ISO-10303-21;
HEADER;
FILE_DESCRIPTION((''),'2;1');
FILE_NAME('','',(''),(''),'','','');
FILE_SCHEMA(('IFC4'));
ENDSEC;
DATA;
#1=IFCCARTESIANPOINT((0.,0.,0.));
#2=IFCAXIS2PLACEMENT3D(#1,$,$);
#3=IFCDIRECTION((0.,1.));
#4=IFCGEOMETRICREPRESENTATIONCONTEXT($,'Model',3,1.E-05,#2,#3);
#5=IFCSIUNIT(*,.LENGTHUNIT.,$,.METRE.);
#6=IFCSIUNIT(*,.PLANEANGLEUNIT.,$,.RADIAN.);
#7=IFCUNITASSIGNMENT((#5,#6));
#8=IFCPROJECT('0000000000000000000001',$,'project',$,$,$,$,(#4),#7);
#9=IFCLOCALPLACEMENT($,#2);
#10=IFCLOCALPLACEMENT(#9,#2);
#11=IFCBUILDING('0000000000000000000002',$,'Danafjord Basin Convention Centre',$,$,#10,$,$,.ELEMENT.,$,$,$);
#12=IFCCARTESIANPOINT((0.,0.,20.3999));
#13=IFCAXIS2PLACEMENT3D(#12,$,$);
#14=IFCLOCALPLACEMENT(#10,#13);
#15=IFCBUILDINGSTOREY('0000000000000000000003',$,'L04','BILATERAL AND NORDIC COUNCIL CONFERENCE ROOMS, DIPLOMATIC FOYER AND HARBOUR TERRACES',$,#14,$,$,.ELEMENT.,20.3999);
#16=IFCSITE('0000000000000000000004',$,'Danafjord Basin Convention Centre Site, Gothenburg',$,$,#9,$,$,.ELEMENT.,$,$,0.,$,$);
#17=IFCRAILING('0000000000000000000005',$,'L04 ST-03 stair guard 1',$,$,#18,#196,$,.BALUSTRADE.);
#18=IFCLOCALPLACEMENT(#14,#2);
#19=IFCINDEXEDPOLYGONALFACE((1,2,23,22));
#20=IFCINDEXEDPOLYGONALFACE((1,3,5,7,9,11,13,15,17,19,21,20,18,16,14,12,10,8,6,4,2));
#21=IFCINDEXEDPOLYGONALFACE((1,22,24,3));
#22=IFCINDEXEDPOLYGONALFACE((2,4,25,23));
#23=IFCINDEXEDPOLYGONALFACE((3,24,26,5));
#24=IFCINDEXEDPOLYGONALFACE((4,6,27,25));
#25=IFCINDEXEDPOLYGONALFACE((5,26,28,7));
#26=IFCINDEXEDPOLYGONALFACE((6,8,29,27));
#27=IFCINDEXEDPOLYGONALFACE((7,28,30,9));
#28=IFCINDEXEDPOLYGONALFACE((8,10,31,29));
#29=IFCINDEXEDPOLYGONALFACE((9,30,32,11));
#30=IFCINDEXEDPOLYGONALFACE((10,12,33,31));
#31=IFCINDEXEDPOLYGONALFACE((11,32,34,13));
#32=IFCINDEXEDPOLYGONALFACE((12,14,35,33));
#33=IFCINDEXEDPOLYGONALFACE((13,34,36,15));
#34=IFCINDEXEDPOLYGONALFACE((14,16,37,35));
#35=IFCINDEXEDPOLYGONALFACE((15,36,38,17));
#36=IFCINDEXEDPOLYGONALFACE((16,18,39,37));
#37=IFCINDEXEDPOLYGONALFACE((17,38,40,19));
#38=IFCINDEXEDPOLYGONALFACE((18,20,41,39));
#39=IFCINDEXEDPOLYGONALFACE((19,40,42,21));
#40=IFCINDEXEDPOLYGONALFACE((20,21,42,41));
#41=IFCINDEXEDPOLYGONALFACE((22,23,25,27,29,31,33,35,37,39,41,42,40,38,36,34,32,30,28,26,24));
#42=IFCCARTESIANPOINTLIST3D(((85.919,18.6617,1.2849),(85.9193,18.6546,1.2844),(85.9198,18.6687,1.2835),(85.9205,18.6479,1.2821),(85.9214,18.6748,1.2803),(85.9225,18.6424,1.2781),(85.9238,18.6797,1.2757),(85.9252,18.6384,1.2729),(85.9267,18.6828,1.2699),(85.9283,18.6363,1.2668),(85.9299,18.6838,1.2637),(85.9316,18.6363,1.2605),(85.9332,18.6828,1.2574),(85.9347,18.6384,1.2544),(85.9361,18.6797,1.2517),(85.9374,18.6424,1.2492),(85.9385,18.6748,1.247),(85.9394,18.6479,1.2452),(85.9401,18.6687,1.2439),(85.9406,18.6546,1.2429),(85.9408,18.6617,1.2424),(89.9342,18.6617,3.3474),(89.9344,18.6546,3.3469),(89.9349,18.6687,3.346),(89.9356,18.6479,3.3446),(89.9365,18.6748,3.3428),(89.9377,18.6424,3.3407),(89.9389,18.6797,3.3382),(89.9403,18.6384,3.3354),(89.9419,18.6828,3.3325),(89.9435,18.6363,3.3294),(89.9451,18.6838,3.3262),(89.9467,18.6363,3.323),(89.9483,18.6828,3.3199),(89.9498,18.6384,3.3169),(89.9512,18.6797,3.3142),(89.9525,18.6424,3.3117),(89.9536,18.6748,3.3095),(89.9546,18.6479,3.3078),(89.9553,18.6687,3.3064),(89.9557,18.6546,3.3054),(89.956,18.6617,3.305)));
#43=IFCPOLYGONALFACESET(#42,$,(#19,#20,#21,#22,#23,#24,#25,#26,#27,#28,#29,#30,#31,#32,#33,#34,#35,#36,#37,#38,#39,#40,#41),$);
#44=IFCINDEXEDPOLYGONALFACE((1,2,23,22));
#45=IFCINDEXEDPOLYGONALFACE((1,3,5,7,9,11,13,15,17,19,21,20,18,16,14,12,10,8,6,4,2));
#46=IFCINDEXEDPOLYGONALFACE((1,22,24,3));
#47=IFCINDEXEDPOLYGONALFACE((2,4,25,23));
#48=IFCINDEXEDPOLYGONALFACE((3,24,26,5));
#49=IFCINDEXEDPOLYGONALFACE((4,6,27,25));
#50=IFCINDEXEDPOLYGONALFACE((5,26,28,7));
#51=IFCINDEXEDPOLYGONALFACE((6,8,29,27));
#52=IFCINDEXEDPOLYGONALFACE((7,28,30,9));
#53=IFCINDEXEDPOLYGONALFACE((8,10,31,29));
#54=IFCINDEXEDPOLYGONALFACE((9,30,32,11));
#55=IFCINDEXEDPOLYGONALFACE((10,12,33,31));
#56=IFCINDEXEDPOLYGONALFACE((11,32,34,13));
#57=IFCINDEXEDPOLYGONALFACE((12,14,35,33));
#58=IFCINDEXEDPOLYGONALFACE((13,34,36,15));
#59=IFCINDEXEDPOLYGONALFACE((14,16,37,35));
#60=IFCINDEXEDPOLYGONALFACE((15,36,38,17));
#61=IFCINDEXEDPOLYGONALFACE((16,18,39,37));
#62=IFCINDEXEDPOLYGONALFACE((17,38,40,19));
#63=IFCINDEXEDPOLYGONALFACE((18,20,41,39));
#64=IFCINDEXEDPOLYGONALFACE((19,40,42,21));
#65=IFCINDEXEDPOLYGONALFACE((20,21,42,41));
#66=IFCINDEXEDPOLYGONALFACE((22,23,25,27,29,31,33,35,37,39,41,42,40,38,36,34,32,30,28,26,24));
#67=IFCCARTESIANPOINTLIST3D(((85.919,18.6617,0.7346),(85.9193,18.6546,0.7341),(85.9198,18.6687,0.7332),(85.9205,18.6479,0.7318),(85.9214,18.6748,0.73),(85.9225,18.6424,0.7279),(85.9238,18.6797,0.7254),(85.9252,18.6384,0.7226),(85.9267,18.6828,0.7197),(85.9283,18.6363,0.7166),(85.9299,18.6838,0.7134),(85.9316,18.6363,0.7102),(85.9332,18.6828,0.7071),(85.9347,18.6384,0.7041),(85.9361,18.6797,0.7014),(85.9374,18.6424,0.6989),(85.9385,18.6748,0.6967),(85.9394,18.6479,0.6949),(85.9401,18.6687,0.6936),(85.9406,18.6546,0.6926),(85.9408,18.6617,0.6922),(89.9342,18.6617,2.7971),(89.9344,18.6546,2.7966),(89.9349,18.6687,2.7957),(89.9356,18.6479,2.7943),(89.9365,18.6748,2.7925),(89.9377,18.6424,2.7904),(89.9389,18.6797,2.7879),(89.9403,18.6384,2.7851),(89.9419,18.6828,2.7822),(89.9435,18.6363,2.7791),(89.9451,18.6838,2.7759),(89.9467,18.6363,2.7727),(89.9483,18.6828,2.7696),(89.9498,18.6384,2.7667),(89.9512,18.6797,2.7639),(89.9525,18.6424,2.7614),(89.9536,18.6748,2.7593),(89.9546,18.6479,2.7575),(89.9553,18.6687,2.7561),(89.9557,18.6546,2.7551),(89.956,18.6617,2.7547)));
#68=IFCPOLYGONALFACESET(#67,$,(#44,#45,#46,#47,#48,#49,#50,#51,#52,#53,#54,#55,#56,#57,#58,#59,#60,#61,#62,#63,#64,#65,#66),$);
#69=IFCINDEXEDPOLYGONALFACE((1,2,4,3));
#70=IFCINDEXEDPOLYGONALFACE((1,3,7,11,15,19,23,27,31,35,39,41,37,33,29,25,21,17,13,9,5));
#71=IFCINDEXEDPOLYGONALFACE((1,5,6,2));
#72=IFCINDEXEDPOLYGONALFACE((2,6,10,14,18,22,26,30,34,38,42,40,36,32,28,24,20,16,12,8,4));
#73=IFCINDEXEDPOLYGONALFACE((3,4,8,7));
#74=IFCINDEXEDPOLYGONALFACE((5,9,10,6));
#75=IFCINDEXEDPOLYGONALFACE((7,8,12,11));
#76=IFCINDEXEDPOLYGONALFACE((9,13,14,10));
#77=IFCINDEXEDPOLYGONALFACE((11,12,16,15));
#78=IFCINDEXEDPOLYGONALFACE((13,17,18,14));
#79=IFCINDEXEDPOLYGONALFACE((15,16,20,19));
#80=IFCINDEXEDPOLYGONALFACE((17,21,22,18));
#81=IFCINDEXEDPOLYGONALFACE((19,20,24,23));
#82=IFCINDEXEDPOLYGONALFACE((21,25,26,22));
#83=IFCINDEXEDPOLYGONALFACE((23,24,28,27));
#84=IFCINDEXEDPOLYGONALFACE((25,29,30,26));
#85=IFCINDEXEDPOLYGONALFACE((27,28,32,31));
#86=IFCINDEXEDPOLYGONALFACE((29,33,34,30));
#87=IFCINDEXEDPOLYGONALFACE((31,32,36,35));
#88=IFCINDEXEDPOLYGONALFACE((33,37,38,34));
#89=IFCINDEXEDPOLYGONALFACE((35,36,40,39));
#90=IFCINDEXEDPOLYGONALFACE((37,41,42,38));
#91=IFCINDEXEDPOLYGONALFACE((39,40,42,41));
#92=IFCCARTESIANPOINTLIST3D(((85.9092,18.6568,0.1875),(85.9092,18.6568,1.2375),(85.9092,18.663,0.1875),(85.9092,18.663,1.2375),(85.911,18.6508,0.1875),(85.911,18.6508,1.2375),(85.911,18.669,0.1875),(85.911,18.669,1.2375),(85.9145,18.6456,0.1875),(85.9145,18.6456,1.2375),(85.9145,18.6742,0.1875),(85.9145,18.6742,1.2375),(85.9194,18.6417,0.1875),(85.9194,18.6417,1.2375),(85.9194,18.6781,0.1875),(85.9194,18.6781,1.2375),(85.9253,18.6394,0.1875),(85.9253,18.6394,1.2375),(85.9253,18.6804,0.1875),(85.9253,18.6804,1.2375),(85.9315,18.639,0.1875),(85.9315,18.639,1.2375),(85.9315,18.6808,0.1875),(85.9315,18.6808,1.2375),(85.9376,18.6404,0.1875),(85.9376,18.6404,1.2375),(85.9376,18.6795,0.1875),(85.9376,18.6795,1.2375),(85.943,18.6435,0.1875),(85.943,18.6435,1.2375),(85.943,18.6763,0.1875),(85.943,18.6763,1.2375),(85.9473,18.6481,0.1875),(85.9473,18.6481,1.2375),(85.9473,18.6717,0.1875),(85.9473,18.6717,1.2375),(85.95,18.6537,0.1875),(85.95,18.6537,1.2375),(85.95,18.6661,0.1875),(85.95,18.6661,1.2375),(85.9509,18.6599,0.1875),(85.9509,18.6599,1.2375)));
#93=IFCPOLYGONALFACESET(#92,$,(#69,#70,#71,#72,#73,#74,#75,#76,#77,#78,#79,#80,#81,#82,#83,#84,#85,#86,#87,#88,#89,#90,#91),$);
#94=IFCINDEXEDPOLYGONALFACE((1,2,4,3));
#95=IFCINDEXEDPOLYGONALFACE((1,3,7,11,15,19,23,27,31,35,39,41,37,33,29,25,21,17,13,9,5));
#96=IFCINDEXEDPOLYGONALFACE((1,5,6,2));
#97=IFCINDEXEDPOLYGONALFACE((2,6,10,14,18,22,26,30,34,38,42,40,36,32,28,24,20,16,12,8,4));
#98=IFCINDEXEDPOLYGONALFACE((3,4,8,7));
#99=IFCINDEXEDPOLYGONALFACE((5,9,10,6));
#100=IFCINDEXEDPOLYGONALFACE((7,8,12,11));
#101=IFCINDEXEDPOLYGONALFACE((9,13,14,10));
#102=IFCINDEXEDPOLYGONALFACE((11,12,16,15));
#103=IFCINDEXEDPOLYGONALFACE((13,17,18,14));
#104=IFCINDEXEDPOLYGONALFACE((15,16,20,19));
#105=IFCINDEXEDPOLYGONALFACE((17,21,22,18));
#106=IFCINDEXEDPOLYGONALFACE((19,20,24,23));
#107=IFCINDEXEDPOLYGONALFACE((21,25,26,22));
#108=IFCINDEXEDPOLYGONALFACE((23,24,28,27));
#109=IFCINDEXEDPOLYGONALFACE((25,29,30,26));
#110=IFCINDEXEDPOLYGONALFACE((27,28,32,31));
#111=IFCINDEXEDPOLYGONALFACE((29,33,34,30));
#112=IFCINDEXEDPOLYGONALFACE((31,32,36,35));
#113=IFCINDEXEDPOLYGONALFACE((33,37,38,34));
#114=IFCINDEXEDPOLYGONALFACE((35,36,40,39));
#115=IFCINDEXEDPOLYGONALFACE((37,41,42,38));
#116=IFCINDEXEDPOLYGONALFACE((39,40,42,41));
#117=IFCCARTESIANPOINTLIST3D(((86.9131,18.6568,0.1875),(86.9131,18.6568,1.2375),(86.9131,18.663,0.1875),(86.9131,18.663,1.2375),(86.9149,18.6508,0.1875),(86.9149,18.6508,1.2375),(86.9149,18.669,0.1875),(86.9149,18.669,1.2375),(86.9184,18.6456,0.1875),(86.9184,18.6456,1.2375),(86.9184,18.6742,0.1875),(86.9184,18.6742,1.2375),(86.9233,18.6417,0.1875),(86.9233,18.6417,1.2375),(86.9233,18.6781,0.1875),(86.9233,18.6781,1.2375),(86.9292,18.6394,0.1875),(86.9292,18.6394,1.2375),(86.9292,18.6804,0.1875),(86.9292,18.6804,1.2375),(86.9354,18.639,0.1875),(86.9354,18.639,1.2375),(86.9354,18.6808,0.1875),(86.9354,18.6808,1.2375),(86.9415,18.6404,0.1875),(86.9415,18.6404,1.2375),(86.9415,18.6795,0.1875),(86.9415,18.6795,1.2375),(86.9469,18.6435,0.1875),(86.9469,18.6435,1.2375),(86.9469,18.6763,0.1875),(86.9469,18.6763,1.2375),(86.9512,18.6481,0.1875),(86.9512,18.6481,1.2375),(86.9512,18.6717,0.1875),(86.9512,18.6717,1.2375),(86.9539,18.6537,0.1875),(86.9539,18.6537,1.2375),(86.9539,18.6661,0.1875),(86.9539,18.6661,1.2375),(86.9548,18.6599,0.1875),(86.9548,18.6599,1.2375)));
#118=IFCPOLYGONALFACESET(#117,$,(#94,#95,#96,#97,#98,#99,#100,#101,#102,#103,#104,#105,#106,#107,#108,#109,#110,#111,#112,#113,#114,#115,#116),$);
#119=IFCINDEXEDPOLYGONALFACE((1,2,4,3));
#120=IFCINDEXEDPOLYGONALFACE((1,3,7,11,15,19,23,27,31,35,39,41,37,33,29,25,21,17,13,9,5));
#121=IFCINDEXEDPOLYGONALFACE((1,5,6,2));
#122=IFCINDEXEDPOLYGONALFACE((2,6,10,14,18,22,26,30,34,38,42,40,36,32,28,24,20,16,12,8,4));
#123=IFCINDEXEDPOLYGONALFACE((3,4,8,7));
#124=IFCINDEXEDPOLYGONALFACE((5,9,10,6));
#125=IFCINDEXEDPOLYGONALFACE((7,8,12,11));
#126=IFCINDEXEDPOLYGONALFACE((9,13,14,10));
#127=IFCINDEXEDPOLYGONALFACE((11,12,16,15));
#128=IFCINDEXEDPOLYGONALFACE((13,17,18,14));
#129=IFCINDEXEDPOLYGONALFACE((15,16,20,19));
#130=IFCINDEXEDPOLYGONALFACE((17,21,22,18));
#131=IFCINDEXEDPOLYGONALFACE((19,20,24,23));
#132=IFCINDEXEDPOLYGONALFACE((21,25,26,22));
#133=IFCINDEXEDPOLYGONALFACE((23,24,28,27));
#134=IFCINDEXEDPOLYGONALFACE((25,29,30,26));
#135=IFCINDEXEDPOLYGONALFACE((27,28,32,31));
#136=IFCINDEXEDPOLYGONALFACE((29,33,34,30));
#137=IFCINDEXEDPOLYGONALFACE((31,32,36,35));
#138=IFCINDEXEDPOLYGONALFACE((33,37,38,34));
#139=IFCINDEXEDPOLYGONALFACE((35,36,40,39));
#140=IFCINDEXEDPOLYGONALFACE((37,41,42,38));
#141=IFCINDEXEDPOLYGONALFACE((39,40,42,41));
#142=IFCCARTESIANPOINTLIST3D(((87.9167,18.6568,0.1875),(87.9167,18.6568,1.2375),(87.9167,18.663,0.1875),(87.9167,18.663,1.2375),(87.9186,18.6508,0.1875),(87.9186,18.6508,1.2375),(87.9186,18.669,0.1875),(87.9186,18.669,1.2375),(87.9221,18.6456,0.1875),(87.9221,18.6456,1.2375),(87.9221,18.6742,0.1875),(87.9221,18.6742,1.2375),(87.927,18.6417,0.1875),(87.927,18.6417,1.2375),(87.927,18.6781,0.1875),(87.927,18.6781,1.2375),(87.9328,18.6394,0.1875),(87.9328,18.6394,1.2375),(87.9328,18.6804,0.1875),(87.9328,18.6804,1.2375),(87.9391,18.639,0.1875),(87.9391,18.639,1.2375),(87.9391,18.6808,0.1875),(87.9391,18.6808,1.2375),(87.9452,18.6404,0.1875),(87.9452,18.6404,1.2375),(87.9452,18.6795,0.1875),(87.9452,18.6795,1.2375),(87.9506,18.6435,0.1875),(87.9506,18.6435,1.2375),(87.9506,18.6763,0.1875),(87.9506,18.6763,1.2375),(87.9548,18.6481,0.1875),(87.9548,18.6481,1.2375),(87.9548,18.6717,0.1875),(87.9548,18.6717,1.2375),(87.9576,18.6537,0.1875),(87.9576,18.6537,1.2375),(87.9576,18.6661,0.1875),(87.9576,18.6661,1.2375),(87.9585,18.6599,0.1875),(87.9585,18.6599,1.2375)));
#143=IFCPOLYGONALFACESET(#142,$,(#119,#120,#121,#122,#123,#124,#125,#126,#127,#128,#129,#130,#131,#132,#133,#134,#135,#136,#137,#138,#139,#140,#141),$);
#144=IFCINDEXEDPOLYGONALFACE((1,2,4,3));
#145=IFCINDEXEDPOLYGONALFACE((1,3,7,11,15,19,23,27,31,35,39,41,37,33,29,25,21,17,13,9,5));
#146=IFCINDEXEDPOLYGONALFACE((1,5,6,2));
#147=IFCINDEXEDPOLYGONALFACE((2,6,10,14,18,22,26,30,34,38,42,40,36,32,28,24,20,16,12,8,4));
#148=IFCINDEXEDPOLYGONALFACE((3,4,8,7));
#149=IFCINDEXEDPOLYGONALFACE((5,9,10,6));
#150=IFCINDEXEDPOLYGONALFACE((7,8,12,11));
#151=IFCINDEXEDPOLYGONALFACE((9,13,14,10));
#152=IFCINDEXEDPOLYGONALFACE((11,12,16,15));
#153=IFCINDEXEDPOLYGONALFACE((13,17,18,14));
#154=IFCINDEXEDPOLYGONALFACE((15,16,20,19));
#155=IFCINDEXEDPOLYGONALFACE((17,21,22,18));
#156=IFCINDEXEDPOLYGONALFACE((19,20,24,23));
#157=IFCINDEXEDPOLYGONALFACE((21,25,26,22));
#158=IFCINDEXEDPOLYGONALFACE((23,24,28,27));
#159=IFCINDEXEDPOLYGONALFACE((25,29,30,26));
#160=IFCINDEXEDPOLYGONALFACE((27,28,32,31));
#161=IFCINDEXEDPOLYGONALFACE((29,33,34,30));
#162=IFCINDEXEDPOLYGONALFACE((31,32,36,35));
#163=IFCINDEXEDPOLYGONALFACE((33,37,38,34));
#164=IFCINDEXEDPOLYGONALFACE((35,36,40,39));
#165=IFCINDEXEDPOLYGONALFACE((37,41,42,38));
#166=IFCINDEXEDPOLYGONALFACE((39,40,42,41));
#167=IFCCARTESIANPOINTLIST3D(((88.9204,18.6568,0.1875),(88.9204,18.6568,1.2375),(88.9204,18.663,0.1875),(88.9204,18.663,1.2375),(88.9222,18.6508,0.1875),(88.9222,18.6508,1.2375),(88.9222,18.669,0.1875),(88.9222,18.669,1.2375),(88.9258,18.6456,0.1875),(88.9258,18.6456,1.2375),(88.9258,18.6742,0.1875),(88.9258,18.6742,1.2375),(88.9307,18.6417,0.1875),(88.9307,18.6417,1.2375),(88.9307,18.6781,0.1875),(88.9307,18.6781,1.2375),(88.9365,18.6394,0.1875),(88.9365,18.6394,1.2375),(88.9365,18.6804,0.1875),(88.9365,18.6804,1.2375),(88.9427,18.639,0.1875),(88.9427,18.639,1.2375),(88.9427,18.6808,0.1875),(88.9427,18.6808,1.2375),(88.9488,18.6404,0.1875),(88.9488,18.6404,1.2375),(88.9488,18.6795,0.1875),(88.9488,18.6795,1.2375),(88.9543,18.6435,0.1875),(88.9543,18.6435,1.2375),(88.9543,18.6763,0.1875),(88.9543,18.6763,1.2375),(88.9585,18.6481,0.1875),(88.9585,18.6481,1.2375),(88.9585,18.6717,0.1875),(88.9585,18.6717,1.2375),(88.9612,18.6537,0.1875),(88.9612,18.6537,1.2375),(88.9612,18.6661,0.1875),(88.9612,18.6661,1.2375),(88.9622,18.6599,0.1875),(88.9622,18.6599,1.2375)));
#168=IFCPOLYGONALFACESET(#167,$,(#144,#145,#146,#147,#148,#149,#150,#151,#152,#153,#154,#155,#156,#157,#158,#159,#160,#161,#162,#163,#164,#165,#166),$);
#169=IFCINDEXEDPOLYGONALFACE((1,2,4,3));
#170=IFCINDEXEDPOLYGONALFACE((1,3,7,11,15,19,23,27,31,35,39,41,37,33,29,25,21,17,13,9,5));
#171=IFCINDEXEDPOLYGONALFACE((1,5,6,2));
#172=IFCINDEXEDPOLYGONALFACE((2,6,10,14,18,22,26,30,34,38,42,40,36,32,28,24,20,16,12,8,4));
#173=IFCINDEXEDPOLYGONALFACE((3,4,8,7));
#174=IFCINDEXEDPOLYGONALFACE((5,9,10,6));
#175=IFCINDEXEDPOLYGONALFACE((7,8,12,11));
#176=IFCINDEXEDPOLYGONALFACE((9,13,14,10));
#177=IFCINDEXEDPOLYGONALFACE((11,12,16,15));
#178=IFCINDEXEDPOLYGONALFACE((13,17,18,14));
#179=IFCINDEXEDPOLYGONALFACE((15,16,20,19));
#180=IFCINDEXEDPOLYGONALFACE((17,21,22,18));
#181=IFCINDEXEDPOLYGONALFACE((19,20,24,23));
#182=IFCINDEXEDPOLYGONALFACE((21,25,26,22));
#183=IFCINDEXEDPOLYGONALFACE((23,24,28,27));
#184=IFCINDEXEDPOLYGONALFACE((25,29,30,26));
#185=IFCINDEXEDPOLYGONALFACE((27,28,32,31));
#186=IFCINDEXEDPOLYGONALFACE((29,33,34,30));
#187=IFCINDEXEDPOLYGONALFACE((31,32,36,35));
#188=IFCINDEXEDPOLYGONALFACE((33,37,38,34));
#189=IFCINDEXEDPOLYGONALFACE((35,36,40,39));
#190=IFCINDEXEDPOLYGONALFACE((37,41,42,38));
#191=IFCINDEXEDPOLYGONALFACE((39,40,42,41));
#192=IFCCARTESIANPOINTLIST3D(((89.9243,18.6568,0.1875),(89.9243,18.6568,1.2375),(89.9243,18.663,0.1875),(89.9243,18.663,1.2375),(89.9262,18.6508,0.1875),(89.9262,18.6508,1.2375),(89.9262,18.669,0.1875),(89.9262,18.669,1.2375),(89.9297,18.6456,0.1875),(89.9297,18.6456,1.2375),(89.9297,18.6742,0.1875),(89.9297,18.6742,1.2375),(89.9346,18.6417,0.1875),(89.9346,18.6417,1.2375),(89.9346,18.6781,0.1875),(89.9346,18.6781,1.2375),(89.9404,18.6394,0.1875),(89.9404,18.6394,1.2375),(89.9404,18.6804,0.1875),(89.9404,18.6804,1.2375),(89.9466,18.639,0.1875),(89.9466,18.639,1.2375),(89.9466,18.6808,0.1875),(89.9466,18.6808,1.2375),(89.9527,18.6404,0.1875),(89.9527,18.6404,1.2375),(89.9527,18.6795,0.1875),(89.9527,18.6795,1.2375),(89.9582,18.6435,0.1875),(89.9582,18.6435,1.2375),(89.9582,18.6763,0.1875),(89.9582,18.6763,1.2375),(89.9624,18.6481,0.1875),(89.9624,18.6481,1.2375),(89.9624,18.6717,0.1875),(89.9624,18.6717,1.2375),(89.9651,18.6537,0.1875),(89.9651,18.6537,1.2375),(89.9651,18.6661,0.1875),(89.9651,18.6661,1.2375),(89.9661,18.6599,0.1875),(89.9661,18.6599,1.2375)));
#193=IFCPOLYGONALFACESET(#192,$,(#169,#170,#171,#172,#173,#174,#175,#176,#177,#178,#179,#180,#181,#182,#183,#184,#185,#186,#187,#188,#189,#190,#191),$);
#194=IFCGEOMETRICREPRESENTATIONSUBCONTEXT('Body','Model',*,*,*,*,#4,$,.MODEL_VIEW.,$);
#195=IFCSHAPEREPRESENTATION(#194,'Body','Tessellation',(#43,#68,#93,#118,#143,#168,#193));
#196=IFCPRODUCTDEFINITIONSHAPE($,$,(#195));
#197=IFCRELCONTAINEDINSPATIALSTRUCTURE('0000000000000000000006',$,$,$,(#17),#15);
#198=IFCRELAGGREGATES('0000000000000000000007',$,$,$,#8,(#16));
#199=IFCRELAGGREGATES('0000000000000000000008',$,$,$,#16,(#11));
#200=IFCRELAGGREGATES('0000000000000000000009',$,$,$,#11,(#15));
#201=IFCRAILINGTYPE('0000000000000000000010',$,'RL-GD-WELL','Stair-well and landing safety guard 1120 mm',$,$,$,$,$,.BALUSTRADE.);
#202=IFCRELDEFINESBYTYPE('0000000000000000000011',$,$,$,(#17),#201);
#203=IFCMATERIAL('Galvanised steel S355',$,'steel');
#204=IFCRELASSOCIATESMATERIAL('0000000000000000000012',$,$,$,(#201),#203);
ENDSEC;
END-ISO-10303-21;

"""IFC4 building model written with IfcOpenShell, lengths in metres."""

from ifc_helpers import new_model, si_unit, direction, frame, origin, origin_2d, place, context, subcontext, project, spatial, circle, extrude, material, type_object, element, save


model = new_model("IFC4")

# Units and contexts
model_context = context("Model", 3, precision=1e-05, world=origin(), true_north=direction((0.0, 1.0)))
body_context = subcontext(model_context, "Body", "Model", "MODEL_VIEW")
ifc_project = project(units=[si_unit("LENGTHUNIT", "METRE"), si_unit("PLANEANGLEUNIT", "RADIAN")], contexts=[model_context])

# Site, building, storey
site_placement = place(None, origin())
site = spatial("IfcSite", under=ifc_project, at=site_placement, Name="Danafjord Basin Convention Centre Site, Gothenburg", CompositionType="ELEMENT", RefElevation=0.0)
building_placement = place(site_placement, origin())
building = spatial("IfcBuilding", under=site, at=building_placement, Name="Danafjord Basin Convention Centre", CompositionType="ELEMENT")
storey_placement = place(building_placement, frame((0.0, 0.0, 20.3999)))
storey = spatial("IfcBuildingStorey", under=building, at=storey_placement, Name="L04", Description="BILATERAL AND NORDIC COUNCIL CONFERENCE ROOMS, DIPLOMATIC FOYER AND HARBOUR TERRACES", CompositionType="ELEMENT", Elevation=20.3999)

# Railing
ifc_material_1 = material(Name="Galvanised steel S355", Category="steel")
railing_type_1 = type_object("IfcRailingType", Name="RL-GD-WELL", Description="Stair-well and landing safety guard 1120 mm", PredefinedType="BALUSTRADE", material=ifc_material_1)
railing_1_placement = place(storey_placement, frame((85.9299, 18.6599, 0.1875)))
element("IfcRailing", 1, at=railing_1_placement, inside=storey, type_object=railing_type_1, Name="L04 ST-03 stair guard 1", PredefinedType="BALUSTRADE", context=body_context, shape_type="SweptSolid", body=[
    extrude(circle(Radius=0.0239, at=origin_2d()), frame((0.0, 0.0, 1.0762), z_axis=(0.889506, 0.0, 0.456923), x_axis=(0.0, 1.0, 0.0)), (0.0, 0.0, 1.0), 4.5139),
    extrude(circle(Radius=0.0239, at=origin_2d()), frame((0.0, 0.0, 0.5259), z_axis=(0.889506, 0.0, 0.456923), x_axis=(0.0, 1.0, 0.0)), (0.0, 0.0, 1.0), 4.5139),
    extrude(circle(Radius=0.021, at=origin_2d()), origin(), (0.0, 0.0, 1.0), 1.05),
    extrude(circle(Radius=0.021, at=origin_2d()), frame((1.0039, 0.0, 0.0)), (0.0, 0.0, 1.0), 1.05),
    extrude(circle(Radius=0.021, at=origin_2d()), frame((2.0076, 0.0, 0.0)), (0.0, 0.0, 1.0), 1.05),
    extrude(circle(Radius=0.021, at=origin_2d()), frame((3.0112, 0.0, 0.0)), (0.0, 0.0, 1.0), 1.05),
    extrude(circle(Radius=0.021, at=origin_2d()), frame((4.0151, 0.0, 0.0)), (0.0, 0.0, 1.0), 1.05),
])

save(model, "model.ifc")
